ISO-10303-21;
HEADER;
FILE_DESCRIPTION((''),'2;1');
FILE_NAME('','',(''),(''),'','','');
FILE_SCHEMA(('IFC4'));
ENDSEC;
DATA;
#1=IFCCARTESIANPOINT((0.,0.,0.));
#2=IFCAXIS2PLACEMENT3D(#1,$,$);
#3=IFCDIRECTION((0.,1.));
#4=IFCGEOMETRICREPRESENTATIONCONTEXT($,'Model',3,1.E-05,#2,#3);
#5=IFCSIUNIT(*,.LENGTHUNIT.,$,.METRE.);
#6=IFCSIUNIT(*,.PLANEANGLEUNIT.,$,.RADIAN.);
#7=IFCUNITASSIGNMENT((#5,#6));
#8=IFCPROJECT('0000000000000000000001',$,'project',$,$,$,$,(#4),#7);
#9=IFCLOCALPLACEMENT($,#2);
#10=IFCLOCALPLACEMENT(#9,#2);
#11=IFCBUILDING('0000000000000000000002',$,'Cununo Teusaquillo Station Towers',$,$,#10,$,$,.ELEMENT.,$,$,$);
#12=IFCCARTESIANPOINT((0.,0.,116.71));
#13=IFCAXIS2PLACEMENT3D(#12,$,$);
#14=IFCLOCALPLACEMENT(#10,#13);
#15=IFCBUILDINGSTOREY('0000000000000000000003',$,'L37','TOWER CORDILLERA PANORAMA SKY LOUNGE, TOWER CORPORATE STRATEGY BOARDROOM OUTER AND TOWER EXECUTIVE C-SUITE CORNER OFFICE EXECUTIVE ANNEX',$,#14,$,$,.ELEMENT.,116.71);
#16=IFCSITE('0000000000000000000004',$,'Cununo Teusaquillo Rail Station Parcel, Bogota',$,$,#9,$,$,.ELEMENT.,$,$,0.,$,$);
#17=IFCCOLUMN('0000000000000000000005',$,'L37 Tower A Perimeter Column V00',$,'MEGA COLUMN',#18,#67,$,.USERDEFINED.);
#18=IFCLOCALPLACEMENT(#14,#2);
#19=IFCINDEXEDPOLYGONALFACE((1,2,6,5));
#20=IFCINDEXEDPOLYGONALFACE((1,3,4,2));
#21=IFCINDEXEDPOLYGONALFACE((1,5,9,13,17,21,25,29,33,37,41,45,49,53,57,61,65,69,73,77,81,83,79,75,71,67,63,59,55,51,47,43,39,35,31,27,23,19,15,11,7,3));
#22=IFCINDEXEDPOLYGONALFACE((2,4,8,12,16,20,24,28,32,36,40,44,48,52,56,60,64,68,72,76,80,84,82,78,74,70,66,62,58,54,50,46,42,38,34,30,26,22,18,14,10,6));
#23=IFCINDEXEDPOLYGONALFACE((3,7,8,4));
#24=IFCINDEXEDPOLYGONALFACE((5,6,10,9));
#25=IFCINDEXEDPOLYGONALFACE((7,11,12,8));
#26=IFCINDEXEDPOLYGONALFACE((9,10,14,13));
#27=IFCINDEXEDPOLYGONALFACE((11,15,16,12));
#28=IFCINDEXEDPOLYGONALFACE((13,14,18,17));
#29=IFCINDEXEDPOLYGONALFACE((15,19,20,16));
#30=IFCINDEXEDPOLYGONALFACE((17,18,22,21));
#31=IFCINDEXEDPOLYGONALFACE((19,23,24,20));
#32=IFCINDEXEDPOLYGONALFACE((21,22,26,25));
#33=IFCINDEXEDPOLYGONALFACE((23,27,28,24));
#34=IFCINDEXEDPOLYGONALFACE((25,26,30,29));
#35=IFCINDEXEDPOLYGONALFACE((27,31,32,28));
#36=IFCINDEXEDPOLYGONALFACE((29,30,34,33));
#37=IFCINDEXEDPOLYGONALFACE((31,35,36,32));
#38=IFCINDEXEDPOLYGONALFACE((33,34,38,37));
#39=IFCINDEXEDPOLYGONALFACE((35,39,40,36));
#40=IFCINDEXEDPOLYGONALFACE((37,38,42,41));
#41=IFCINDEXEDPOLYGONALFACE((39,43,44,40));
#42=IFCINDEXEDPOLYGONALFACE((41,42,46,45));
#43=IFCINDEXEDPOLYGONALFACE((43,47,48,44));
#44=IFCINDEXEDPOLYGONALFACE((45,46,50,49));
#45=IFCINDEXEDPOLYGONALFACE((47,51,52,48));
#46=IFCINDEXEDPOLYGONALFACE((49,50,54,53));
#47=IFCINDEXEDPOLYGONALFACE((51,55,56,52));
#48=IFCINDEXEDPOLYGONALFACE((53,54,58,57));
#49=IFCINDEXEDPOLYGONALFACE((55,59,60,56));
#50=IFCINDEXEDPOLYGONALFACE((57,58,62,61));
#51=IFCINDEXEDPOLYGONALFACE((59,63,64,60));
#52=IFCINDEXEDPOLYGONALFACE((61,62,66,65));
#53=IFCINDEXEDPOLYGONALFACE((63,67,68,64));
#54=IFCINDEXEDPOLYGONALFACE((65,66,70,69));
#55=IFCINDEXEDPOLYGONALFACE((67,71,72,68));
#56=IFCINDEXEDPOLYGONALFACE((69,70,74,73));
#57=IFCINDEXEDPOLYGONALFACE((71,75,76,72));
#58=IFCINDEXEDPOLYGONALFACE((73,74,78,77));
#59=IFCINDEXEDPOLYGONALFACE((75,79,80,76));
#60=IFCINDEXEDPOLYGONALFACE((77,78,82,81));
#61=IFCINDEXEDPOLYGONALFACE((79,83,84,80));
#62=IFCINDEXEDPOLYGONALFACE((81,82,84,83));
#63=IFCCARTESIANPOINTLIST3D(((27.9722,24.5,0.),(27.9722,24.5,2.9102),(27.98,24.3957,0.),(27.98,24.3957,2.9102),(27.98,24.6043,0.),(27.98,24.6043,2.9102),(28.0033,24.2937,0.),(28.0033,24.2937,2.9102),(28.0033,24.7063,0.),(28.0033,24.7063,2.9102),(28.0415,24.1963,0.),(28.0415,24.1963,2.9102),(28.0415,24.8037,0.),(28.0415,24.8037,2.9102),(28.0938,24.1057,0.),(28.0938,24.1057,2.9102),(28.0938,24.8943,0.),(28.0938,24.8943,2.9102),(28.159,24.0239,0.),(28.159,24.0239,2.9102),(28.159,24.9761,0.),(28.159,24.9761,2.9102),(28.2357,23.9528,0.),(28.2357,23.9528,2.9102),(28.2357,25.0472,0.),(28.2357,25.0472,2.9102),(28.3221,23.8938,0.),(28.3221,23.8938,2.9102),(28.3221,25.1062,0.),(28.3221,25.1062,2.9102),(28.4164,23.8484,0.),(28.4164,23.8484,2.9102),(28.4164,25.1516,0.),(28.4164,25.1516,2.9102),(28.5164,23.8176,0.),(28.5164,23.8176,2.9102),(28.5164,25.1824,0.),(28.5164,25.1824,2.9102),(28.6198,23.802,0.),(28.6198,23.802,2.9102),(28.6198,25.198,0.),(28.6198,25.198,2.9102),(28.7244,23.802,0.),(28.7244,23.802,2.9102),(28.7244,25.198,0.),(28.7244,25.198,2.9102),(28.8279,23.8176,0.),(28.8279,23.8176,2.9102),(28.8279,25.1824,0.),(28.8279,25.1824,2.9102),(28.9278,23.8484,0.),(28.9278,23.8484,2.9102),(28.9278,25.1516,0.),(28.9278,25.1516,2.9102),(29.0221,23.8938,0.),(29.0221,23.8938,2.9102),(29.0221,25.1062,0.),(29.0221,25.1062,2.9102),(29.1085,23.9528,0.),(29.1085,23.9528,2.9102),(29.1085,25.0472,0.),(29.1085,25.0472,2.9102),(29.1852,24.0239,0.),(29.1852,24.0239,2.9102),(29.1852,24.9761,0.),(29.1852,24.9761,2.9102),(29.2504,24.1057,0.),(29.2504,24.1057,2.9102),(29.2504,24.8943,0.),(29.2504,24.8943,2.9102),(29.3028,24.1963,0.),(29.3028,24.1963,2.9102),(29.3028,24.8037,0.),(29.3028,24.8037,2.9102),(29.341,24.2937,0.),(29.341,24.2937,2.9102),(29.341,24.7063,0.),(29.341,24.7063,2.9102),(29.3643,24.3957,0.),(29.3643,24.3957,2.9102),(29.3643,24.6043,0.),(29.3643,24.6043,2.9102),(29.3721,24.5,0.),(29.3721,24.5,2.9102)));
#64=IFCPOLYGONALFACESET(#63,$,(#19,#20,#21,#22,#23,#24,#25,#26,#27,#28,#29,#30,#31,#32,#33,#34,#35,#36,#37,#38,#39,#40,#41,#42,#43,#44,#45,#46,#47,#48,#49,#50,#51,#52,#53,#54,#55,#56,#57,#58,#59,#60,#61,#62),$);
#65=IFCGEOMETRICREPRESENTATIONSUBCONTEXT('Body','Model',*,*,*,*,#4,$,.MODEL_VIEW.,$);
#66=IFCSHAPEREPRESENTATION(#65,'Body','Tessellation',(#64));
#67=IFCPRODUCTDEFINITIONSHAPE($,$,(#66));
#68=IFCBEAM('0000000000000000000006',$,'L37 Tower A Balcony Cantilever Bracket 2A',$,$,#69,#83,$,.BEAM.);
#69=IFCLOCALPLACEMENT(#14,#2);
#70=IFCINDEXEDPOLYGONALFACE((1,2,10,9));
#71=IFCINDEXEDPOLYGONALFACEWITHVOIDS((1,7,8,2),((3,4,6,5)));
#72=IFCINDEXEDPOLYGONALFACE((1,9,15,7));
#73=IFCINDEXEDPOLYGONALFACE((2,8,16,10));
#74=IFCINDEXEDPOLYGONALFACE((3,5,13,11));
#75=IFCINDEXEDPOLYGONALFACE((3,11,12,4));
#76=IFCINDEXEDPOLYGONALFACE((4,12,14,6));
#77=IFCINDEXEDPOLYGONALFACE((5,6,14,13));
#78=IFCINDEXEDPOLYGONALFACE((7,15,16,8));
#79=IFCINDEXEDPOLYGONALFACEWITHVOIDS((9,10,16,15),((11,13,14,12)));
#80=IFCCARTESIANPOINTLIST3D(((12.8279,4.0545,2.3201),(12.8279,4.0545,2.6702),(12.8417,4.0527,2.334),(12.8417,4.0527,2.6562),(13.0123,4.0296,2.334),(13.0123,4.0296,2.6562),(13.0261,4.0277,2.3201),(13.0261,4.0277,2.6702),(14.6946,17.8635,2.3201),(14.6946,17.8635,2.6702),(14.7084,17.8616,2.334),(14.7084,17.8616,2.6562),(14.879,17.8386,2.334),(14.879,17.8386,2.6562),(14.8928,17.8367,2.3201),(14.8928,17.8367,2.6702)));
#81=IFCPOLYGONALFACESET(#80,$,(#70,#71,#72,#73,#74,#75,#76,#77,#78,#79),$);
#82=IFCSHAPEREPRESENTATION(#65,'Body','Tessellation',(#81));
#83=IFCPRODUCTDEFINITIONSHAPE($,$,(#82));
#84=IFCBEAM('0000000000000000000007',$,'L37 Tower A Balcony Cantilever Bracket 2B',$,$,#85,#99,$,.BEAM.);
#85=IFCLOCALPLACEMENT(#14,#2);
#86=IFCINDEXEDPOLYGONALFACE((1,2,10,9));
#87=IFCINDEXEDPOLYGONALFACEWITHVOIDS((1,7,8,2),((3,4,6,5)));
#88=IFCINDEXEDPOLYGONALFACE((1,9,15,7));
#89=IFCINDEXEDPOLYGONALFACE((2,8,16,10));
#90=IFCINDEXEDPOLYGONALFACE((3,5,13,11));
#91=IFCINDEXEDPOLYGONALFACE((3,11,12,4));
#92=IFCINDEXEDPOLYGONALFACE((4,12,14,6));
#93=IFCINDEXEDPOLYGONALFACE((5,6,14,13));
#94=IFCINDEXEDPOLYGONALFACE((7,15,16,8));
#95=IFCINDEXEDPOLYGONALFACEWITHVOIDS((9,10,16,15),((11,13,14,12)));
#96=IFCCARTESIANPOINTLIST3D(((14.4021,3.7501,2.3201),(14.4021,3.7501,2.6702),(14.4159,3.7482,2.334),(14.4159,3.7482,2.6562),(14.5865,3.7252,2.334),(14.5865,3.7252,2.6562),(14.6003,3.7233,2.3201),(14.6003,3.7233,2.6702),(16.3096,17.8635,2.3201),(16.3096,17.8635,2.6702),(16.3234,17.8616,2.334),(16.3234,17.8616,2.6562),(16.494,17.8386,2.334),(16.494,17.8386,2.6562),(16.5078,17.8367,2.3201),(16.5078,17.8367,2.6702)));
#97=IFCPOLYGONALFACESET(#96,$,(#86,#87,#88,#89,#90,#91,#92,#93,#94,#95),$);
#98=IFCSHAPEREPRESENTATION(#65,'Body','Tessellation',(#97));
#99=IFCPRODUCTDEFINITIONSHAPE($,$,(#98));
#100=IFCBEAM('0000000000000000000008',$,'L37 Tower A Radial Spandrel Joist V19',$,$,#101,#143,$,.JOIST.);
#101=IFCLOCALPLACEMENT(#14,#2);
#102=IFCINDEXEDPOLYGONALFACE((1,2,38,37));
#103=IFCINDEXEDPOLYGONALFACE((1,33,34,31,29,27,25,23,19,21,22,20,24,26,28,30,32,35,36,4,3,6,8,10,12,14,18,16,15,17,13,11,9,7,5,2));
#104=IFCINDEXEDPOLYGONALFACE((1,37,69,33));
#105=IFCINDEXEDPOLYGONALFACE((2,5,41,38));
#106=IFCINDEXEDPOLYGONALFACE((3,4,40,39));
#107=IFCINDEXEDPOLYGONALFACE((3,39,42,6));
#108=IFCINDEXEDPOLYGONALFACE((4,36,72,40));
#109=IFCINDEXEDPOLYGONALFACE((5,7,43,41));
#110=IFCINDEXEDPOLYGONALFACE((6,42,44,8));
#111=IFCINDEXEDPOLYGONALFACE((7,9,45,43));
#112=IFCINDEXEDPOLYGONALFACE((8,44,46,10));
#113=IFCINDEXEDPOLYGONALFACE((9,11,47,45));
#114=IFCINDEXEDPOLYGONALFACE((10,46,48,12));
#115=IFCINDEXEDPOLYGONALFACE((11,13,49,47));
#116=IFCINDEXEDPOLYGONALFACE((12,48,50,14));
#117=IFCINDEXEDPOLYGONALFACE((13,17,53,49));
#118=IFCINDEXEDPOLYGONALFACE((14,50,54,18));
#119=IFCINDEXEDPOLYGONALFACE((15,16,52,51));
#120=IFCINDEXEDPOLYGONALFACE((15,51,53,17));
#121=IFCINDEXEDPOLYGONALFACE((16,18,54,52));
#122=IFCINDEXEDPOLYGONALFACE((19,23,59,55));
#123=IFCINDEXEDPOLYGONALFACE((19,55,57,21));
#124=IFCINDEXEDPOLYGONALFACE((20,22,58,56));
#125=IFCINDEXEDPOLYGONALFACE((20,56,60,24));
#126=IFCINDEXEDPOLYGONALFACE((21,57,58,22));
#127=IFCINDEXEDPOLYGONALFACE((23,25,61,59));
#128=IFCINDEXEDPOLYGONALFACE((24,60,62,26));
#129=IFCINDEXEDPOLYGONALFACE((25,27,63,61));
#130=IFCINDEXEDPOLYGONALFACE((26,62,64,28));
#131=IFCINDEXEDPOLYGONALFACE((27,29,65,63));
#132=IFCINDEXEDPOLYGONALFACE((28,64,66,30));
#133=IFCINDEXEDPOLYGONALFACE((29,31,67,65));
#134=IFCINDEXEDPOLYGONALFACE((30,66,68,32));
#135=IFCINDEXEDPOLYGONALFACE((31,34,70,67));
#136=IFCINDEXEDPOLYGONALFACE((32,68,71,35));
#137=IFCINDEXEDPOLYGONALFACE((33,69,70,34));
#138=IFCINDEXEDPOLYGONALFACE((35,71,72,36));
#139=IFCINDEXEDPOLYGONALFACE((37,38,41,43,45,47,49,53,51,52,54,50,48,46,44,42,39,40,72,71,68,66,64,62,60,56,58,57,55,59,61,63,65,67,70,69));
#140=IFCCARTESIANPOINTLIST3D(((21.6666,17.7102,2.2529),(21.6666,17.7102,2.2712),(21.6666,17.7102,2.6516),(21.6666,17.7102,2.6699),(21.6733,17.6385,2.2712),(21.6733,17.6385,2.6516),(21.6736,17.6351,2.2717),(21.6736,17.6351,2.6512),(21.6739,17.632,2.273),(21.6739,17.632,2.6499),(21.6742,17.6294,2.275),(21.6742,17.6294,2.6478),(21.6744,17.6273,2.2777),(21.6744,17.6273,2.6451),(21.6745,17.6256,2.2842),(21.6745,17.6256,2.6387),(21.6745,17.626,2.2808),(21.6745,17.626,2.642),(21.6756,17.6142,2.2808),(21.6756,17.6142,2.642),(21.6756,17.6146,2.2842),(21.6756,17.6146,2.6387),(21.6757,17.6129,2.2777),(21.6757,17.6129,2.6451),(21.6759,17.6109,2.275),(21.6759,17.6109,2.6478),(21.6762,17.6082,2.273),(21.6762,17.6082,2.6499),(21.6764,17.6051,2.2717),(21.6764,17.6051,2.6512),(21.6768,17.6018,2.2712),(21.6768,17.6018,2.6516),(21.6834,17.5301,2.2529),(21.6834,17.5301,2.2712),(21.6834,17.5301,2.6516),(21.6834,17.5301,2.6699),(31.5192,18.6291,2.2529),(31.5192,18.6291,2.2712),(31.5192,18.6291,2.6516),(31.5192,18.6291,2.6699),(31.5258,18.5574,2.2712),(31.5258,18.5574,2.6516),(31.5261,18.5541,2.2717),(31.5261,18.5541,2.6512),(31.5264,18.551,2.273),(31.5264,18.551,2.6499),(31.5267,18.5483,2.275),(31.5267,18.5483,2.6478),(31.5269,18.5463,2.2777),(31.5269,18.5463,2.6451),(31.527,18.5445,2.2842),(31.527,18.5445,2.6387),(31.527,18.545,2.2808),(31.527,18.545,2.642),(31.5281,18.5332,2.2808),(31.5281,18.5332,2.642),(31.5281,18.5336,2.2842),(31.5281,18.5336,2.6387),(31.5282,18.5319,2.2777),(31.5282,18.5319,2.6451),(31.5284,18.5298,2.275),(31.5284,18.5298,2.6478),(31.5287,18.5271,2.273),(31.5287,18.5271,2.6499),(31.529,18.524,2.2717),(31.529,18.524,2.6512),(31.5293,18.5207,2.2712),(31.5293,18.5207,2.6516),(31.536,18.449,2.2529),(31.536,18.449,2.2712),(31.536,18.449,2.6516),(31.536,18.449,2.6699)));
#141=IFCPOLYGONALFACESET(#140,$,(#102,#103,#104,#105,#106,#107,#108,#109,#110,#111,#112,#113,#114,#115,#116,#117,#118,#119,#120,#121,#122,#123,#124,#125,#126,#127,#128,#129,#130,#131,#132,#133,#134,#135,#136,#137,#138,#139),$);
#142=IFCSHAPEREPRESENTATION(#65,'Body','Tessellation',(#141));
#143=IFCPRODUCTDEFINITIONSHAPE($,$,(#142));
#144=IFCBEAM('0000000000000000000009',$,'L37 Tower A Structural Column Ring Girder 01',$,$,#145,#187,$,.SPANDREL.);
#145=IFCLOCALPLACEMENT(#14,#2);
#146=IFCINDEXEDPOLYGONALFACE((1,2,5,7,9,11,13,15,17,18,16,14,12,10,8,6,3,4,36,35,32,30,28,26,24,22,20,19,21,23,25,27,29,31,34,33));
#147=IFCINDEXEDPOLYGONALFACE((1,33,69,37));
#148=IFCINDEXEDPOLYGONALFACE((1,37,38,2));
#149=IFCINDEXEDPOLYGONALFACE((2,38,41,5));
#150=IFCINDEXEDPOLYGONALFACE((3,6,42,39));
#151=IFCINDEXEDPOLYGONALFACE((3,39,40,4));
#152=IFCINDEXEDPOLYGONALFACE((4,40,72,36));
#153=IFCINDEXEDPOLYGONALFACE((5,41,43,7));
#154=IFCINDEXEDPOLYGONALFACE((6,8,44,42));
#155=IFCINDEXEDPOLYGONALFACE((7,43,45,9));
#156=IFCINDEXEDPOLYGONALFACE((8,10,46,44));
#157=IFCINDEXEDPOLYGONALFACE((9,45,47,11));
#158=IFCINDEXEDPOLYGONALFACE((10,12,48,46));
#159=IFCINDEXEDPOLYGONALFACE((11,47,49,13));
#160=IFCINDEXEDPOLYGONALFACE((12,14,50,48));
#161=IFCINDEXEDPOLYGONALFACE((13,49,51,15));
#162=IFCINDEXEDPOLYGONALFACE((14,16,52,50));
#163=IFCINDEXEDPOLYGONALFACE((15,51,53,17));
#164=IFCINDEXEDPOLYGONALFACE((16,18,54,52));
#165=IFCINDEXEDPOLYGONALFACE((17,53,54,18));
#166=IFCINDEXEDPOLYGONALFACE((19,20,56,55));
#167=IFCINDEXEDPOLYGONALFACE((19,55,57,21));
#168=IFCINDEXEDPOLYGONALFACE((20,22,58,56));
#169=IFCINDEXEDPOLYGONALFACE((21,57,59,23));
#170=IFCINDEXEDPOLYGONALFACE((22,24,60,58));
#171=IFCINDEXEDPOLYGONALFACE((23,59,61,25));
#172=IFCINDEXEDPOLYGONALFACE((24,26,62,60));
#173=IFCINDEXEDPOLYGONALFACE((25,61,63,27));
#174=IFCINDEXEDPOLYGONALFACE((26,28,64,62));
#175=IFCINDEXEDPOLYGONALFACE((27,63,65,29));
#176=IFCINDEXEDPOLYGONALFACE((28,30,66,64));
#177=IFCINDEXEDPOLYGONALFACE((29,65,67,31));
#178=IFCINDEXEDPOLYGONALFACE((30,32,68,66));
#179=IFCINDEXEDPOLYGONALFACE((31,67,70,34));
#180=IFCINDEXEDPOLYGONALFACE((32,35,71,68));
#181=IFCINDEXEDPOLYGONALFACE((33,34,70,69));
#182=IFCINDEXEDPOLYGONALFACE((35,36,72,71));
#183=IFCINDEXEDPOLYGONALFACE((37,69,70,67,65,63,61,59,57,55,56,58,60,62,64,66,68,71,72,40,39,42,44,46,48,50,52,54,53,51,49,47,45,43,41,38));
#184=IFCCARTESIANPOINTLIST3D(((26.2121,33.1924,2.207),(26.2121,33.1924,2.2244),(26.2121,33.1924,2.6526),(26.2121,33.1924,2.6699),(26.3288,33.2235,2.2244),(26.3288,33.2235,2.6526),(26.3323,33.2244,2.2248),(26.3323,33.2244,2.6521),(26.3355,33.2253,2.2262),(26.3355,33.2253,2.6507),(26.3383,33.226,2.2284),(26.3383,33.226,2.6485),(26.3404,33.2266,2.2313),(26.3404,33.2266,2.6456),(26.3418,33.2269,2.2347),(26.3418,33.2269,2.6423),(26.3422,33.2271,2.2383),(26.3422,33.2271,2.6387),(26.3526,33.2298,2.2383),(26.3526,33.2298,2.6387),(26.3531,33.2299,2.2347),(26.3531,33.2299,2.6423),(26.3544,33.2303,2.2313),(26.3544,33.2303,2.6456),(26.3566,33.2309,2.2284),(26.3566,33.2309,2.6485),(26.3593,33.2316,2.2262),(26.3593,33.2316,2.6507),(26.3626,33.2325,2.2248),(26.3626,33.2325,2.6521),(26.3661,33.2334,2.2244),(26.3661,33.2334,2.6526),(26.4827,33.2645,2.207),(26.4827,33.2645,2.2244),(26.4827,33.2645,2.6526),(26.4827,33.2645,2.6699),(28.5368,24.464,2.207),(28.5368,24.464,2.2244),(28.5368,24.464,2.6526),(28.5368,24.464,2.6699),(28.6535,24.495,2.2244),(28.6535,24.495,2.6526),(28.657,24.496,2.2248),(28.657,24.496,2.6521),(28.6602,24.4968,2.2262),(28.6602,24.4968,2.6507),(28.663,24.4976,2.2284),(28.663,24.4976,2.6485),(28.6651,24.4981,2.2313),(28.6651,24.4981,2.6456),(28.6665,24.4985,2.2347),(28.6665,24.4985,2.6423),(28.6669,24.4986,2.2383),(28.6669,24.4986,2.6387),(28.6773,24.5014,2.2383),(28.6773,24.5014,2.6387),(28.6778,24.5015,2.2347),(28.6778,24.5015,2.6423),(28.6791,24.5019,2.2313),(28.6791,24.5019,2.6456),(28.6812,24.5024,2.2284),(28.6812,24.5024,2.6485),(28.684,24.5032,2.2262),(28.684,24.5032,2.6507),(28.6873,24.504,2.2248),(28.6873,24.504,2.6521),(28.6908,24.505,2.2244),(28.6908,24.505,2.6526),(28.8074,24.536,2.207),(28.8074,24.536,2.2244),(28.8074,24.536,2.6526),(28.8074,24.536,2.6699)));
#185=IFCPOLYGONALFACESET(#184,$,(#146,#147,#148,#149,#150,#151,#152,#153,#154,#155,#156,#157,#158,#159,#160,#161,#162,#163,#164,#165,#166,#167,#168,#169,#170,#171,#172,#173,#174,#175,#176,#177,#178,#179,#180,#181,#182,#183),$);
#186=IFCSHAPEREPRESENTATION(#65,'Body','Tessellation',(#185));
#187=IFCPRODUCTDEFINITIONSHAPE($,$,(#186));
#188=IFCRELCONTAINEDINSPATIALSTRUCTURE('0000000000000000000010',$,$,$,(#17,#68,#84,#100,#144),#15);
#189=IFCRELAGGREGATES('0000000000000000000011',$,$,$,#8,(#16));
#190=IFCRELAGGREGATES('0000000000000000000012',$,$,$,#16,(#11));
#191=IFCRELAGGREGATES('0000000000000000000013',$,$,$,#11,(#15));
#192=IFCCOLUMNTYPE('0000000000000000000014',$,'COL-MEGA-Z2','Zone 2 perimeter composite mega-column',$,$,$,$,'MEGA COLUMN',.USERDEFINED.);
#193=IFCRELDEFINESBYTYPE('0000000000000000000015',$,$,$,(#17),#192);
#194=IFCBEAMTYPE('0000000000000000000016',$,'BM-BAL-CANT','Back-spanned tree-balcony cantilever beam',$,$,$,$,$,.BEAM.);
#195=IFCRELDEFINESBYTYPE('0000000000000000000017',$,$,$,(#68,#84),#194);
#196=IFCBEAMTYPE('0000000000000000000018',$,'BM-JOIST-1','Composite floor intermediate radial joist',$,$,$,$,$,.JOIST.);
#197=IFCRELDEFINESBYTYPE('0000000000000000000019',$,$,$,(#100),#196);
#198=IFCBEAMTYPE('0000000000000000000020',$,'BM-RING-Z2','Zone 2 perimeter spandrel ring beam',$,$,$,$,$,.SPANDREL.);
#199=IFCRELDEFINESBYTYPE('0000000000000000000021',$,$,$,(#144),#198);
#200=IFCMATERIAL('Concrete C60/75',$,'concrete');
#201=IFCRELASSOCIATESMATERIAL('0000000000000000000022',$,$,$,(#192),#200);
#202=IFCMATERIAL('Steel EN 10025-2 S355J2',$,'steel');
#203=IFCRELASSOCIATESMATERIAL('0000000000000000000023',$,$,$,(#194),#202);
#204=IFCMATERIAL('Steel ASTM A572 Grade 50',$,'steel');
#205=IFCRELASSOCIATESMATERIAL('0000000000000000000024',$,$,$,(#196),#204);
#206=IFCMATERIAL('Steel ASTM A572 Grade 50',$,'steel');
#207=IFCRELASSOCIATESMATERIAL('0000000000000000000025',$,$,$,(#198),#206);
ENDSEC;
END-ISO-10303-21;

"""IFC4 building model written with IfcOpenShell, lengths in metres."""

from ifc_helpers import new_model, si_unit, direction, frame, origin, origin_2d, place, context, subcontext, project, spatial, hollow_rectangle, circle, i_section, extrude, material, material_profile, profile_set, type_object, element, save


model = new_model("IFC4")

# Units and contexts
model_context = context("Model", 3, precision=1e-05, world=origin(), true_north=direction((0.0, 1.0)))
body_context = subcontext(model_context, "Body", "Model", "MODEL_VIEW")
ifc_project = project(units=[si_unit("LENGTHUNIT", "METRE"), si_unit("PLANEANGLEUNIT", "RADIAN")], contexts=[model_context])

# Site, building, storey
site_placement = place(None, origin())
site = spatial("IfcSite", under=ifc_project, at=site_placement, Name="Cununo Teusaquillo Rail Station Parcel, Bogota", CompositionType="ELEMENT", RefElevation=0.0)
building_placement = place(site_placement, origin())
building = spatial("IfcBuilding", under=site, at=building_placement, Name="Cununo Teusaquillo Station Towers", CompositionType="ELEMENT")
storey_placement = place(building_placement, frame((0.0, 0.0, 116.71)))
storey = spatial("IfcBuildingStorey", under=building, at=storey_placement, Name="L37", Description="TOWER CORDILLERA PANORAMA SKY LOUNGE, TOWER CORPORATE STRATEGY BOARDROOM OUTER AND TOWER EXECUTIVE C-SUITE CORNER OFFICE EXECUTIVE ANNEX", CompositionType="ELEMENT", Elevation=116.71)

# Column
ifc_material_1 = material(Name="Concrete C60/75", Category="concrete")
ifc_material_profile_1 = material_profile(ifc_material_1, circle(Radius=0.7, at=origin_2d()), Name="RC-CIRC-1400")
ifc_profile_set_1 = profile_set([ifc_material_profile_1], Name="Concrete C60/75")
column_type = type_object("IfcColumnType", Name="COL-MEGA-Z2", Description="Zone 2 perimeter composite mega-column", ElementType="MEGA COLUMN", PredefinedType="USERDEFINED", material=ifc_profile_set_1)
column_placement = place(storey_placement, frame((28.6721, 24.5, 0.0), z_axis=(0.0, 0.0, 1.0), x_axis=(1.0, 0.0, 0.0)))
element("IfcColumn", 1, at=column_placement, inside=storey, type_object=column_type, Name="L37 Tower A Perimeter Column V00", ObjectType="MEGA COLUMN", PredefinedType="USERDEFINED", context=body_context, shape_type="SweptSolid", body=[
    extrude(circle(Radius=0.7, at=origin_2d()), origin(), (0.0, 0.0, 1.0), 2.9102),
])

# Beams
ifc_material_2 = material(Name="Steel EN 10025-2 S355J2", Category="steel")
ifc_material_profile_2 = material_profile(ifc_material_2, hollow_rectangle(XDim=0.2, YDim=0.3501, WallThickness=0.0139, at=origin_2d()), Name="RHS 350x200x14")
ifc_profile_set_2 = profile_set([ifc_material_profile_2], Name="Steel EN 10025-2 S355J2")
beam_type_1 = type_object("IfcBeamType", Name="BM-BAL-CANT", Description="Back-spanned tree-balcony cantilever beam", PredefinedType="BEAM", material=ifc_profile_set_2)
beam_1_placement = place(storey_placement, frame((14.7937, 17.8501, 2.4951), z_axis=(-0.133961, -0.990987, 0.0), x_axis=(0.990987, -0.133961, 0.0)))
element("IfcBeam", 2, at=beam_1_placement, inside=storey, type_object=beam_type_1, Name="L37 Tower A Balcony Cantilever Bracket 2A", PredefinedType="BEAM", context=body_context, shape_type="SweptSolid", body=[
    extrude(hollow_rectangle(XDim=0.2, YDim=0.3501, WallThickness=0.0139, at=origin_2d()), origin(), (0.0, 0.0, 1.0), 13.9346),
])
beam_2_placement = place(storey_placement, frame((16.4087, 17.8501, 2.4951), z_axis=(-0.133937, -0.99099, 0.0), x_axis=(0.99099, -0.133937, 0.0)))
element("IfcBeam", 3, at=beam_2_placement, inside=storey, type_object=beam_type_1, Name="L37 Tower A Balcony Cantilever Bracket 2B", PredefinedType="BEAM", context=body_context, shape_type="SweptSolid", body=[
    extrude(hollow_rectangle(XDim=0.2, YDim=0.3501, WallThickness=0.0139, at=origin_2d()), origin(), (0.0, 0.0, 1.0), 14.2417),
])
ifc_material_3 = material(Name="Steel ASTM A572 Grade 50", Category="steel")
ifc_material_profile_3 = material_profile(ifc_material_3, i_section(OverallWidth=0.1809, OverallDepth=0.417, WebThickness=0.011, FlangeThickness=0.0183, FilletRadius=0.0129, at=origin_2d()), Name="W16X57")
ifc_profile_set_3 = profile_set([ifc_material_profile_3], Name="Steel ASTM A572 Grade 50")
beam_type_2 = type_object("IfcBeamType", Name="BM-JOIST-1", Description="Composite floor intermediate radial joist", PredefinedType="JOIST", material=ifc_profile_set_3)
beam_3_placement = place(storey_placement, frame((21.675, 17.6201, 2.4614), z_axis=(0.995679, 0.092867, 0.0), x_axis=(-0.092867, 0.995679, 0.0)))
element("IfcBeam", 4, at=beam_3_placement, inside=storey, type_object=beam_type_2, Name="L37 Tower A Radial Spandrel Joist V19", PredefinedType="JOIST", context=body_context, shape_type="SweptSolid", body=[
    extrude(i_section(OverallWidth=0.1809, OverallDepth=0.417, WebThickness=0.011, FlangeThickness=0.0183, FilletRadius=0.0129, at=origin_2d()), origin(), (0.0, 0.0, 1.0), 9.8953),
])
ifc_material_4 = material(Name="Steel ASTM A572 Grade 50", Category="steel")
ifc_material_profile_4 = material_profile(ifc_material_4, i_section(OverallWidth=0.28, OverallDepth=0.4629, WebThickness=0.0107, FlangeThickness=0.0173, FilletRadius=0.0139, at=origin_2d()), Name="W18X76")
ifc_profile_set_4 = profile_set([ifc_material_profile_4], Name="Steel ASTM A572 Grade 50")
beam_type_3 = type_object("IfcBeamType", Name="BM-RING-Z2", Description="Zone 2 perimeter spandrel ring beam", PredefinedType="SPANDREL", material=ifc_profile_set_4)
beam_4_placement = place(storey_placement, frame((28.6721, 24.5, 2.4385), z_axis=(-0.257363, 0.966315, 0.0), x_axis=(-0.966315, -0.257363, 0.0)))
element("IfcBeam", 5, at=beam_4_placement, inside=storey, type_object=beam_type_3, Name="L37 Tower A Structural Column Ring Girder 01", PredefinedType="SPANDREL", context=body_context, shape_type="SweptSolid", body=[
    extrude(i_section(OverallWidth=0.28, OverallDepth=0.4629, WebThickness=0.0107, FlangeThickness=0.0173, FilletRadius=0.0139, at=origin_2d()), origin(), (0.0, 0.0, 1.0), 9.0327),
])

save(model, "model.ifc")
